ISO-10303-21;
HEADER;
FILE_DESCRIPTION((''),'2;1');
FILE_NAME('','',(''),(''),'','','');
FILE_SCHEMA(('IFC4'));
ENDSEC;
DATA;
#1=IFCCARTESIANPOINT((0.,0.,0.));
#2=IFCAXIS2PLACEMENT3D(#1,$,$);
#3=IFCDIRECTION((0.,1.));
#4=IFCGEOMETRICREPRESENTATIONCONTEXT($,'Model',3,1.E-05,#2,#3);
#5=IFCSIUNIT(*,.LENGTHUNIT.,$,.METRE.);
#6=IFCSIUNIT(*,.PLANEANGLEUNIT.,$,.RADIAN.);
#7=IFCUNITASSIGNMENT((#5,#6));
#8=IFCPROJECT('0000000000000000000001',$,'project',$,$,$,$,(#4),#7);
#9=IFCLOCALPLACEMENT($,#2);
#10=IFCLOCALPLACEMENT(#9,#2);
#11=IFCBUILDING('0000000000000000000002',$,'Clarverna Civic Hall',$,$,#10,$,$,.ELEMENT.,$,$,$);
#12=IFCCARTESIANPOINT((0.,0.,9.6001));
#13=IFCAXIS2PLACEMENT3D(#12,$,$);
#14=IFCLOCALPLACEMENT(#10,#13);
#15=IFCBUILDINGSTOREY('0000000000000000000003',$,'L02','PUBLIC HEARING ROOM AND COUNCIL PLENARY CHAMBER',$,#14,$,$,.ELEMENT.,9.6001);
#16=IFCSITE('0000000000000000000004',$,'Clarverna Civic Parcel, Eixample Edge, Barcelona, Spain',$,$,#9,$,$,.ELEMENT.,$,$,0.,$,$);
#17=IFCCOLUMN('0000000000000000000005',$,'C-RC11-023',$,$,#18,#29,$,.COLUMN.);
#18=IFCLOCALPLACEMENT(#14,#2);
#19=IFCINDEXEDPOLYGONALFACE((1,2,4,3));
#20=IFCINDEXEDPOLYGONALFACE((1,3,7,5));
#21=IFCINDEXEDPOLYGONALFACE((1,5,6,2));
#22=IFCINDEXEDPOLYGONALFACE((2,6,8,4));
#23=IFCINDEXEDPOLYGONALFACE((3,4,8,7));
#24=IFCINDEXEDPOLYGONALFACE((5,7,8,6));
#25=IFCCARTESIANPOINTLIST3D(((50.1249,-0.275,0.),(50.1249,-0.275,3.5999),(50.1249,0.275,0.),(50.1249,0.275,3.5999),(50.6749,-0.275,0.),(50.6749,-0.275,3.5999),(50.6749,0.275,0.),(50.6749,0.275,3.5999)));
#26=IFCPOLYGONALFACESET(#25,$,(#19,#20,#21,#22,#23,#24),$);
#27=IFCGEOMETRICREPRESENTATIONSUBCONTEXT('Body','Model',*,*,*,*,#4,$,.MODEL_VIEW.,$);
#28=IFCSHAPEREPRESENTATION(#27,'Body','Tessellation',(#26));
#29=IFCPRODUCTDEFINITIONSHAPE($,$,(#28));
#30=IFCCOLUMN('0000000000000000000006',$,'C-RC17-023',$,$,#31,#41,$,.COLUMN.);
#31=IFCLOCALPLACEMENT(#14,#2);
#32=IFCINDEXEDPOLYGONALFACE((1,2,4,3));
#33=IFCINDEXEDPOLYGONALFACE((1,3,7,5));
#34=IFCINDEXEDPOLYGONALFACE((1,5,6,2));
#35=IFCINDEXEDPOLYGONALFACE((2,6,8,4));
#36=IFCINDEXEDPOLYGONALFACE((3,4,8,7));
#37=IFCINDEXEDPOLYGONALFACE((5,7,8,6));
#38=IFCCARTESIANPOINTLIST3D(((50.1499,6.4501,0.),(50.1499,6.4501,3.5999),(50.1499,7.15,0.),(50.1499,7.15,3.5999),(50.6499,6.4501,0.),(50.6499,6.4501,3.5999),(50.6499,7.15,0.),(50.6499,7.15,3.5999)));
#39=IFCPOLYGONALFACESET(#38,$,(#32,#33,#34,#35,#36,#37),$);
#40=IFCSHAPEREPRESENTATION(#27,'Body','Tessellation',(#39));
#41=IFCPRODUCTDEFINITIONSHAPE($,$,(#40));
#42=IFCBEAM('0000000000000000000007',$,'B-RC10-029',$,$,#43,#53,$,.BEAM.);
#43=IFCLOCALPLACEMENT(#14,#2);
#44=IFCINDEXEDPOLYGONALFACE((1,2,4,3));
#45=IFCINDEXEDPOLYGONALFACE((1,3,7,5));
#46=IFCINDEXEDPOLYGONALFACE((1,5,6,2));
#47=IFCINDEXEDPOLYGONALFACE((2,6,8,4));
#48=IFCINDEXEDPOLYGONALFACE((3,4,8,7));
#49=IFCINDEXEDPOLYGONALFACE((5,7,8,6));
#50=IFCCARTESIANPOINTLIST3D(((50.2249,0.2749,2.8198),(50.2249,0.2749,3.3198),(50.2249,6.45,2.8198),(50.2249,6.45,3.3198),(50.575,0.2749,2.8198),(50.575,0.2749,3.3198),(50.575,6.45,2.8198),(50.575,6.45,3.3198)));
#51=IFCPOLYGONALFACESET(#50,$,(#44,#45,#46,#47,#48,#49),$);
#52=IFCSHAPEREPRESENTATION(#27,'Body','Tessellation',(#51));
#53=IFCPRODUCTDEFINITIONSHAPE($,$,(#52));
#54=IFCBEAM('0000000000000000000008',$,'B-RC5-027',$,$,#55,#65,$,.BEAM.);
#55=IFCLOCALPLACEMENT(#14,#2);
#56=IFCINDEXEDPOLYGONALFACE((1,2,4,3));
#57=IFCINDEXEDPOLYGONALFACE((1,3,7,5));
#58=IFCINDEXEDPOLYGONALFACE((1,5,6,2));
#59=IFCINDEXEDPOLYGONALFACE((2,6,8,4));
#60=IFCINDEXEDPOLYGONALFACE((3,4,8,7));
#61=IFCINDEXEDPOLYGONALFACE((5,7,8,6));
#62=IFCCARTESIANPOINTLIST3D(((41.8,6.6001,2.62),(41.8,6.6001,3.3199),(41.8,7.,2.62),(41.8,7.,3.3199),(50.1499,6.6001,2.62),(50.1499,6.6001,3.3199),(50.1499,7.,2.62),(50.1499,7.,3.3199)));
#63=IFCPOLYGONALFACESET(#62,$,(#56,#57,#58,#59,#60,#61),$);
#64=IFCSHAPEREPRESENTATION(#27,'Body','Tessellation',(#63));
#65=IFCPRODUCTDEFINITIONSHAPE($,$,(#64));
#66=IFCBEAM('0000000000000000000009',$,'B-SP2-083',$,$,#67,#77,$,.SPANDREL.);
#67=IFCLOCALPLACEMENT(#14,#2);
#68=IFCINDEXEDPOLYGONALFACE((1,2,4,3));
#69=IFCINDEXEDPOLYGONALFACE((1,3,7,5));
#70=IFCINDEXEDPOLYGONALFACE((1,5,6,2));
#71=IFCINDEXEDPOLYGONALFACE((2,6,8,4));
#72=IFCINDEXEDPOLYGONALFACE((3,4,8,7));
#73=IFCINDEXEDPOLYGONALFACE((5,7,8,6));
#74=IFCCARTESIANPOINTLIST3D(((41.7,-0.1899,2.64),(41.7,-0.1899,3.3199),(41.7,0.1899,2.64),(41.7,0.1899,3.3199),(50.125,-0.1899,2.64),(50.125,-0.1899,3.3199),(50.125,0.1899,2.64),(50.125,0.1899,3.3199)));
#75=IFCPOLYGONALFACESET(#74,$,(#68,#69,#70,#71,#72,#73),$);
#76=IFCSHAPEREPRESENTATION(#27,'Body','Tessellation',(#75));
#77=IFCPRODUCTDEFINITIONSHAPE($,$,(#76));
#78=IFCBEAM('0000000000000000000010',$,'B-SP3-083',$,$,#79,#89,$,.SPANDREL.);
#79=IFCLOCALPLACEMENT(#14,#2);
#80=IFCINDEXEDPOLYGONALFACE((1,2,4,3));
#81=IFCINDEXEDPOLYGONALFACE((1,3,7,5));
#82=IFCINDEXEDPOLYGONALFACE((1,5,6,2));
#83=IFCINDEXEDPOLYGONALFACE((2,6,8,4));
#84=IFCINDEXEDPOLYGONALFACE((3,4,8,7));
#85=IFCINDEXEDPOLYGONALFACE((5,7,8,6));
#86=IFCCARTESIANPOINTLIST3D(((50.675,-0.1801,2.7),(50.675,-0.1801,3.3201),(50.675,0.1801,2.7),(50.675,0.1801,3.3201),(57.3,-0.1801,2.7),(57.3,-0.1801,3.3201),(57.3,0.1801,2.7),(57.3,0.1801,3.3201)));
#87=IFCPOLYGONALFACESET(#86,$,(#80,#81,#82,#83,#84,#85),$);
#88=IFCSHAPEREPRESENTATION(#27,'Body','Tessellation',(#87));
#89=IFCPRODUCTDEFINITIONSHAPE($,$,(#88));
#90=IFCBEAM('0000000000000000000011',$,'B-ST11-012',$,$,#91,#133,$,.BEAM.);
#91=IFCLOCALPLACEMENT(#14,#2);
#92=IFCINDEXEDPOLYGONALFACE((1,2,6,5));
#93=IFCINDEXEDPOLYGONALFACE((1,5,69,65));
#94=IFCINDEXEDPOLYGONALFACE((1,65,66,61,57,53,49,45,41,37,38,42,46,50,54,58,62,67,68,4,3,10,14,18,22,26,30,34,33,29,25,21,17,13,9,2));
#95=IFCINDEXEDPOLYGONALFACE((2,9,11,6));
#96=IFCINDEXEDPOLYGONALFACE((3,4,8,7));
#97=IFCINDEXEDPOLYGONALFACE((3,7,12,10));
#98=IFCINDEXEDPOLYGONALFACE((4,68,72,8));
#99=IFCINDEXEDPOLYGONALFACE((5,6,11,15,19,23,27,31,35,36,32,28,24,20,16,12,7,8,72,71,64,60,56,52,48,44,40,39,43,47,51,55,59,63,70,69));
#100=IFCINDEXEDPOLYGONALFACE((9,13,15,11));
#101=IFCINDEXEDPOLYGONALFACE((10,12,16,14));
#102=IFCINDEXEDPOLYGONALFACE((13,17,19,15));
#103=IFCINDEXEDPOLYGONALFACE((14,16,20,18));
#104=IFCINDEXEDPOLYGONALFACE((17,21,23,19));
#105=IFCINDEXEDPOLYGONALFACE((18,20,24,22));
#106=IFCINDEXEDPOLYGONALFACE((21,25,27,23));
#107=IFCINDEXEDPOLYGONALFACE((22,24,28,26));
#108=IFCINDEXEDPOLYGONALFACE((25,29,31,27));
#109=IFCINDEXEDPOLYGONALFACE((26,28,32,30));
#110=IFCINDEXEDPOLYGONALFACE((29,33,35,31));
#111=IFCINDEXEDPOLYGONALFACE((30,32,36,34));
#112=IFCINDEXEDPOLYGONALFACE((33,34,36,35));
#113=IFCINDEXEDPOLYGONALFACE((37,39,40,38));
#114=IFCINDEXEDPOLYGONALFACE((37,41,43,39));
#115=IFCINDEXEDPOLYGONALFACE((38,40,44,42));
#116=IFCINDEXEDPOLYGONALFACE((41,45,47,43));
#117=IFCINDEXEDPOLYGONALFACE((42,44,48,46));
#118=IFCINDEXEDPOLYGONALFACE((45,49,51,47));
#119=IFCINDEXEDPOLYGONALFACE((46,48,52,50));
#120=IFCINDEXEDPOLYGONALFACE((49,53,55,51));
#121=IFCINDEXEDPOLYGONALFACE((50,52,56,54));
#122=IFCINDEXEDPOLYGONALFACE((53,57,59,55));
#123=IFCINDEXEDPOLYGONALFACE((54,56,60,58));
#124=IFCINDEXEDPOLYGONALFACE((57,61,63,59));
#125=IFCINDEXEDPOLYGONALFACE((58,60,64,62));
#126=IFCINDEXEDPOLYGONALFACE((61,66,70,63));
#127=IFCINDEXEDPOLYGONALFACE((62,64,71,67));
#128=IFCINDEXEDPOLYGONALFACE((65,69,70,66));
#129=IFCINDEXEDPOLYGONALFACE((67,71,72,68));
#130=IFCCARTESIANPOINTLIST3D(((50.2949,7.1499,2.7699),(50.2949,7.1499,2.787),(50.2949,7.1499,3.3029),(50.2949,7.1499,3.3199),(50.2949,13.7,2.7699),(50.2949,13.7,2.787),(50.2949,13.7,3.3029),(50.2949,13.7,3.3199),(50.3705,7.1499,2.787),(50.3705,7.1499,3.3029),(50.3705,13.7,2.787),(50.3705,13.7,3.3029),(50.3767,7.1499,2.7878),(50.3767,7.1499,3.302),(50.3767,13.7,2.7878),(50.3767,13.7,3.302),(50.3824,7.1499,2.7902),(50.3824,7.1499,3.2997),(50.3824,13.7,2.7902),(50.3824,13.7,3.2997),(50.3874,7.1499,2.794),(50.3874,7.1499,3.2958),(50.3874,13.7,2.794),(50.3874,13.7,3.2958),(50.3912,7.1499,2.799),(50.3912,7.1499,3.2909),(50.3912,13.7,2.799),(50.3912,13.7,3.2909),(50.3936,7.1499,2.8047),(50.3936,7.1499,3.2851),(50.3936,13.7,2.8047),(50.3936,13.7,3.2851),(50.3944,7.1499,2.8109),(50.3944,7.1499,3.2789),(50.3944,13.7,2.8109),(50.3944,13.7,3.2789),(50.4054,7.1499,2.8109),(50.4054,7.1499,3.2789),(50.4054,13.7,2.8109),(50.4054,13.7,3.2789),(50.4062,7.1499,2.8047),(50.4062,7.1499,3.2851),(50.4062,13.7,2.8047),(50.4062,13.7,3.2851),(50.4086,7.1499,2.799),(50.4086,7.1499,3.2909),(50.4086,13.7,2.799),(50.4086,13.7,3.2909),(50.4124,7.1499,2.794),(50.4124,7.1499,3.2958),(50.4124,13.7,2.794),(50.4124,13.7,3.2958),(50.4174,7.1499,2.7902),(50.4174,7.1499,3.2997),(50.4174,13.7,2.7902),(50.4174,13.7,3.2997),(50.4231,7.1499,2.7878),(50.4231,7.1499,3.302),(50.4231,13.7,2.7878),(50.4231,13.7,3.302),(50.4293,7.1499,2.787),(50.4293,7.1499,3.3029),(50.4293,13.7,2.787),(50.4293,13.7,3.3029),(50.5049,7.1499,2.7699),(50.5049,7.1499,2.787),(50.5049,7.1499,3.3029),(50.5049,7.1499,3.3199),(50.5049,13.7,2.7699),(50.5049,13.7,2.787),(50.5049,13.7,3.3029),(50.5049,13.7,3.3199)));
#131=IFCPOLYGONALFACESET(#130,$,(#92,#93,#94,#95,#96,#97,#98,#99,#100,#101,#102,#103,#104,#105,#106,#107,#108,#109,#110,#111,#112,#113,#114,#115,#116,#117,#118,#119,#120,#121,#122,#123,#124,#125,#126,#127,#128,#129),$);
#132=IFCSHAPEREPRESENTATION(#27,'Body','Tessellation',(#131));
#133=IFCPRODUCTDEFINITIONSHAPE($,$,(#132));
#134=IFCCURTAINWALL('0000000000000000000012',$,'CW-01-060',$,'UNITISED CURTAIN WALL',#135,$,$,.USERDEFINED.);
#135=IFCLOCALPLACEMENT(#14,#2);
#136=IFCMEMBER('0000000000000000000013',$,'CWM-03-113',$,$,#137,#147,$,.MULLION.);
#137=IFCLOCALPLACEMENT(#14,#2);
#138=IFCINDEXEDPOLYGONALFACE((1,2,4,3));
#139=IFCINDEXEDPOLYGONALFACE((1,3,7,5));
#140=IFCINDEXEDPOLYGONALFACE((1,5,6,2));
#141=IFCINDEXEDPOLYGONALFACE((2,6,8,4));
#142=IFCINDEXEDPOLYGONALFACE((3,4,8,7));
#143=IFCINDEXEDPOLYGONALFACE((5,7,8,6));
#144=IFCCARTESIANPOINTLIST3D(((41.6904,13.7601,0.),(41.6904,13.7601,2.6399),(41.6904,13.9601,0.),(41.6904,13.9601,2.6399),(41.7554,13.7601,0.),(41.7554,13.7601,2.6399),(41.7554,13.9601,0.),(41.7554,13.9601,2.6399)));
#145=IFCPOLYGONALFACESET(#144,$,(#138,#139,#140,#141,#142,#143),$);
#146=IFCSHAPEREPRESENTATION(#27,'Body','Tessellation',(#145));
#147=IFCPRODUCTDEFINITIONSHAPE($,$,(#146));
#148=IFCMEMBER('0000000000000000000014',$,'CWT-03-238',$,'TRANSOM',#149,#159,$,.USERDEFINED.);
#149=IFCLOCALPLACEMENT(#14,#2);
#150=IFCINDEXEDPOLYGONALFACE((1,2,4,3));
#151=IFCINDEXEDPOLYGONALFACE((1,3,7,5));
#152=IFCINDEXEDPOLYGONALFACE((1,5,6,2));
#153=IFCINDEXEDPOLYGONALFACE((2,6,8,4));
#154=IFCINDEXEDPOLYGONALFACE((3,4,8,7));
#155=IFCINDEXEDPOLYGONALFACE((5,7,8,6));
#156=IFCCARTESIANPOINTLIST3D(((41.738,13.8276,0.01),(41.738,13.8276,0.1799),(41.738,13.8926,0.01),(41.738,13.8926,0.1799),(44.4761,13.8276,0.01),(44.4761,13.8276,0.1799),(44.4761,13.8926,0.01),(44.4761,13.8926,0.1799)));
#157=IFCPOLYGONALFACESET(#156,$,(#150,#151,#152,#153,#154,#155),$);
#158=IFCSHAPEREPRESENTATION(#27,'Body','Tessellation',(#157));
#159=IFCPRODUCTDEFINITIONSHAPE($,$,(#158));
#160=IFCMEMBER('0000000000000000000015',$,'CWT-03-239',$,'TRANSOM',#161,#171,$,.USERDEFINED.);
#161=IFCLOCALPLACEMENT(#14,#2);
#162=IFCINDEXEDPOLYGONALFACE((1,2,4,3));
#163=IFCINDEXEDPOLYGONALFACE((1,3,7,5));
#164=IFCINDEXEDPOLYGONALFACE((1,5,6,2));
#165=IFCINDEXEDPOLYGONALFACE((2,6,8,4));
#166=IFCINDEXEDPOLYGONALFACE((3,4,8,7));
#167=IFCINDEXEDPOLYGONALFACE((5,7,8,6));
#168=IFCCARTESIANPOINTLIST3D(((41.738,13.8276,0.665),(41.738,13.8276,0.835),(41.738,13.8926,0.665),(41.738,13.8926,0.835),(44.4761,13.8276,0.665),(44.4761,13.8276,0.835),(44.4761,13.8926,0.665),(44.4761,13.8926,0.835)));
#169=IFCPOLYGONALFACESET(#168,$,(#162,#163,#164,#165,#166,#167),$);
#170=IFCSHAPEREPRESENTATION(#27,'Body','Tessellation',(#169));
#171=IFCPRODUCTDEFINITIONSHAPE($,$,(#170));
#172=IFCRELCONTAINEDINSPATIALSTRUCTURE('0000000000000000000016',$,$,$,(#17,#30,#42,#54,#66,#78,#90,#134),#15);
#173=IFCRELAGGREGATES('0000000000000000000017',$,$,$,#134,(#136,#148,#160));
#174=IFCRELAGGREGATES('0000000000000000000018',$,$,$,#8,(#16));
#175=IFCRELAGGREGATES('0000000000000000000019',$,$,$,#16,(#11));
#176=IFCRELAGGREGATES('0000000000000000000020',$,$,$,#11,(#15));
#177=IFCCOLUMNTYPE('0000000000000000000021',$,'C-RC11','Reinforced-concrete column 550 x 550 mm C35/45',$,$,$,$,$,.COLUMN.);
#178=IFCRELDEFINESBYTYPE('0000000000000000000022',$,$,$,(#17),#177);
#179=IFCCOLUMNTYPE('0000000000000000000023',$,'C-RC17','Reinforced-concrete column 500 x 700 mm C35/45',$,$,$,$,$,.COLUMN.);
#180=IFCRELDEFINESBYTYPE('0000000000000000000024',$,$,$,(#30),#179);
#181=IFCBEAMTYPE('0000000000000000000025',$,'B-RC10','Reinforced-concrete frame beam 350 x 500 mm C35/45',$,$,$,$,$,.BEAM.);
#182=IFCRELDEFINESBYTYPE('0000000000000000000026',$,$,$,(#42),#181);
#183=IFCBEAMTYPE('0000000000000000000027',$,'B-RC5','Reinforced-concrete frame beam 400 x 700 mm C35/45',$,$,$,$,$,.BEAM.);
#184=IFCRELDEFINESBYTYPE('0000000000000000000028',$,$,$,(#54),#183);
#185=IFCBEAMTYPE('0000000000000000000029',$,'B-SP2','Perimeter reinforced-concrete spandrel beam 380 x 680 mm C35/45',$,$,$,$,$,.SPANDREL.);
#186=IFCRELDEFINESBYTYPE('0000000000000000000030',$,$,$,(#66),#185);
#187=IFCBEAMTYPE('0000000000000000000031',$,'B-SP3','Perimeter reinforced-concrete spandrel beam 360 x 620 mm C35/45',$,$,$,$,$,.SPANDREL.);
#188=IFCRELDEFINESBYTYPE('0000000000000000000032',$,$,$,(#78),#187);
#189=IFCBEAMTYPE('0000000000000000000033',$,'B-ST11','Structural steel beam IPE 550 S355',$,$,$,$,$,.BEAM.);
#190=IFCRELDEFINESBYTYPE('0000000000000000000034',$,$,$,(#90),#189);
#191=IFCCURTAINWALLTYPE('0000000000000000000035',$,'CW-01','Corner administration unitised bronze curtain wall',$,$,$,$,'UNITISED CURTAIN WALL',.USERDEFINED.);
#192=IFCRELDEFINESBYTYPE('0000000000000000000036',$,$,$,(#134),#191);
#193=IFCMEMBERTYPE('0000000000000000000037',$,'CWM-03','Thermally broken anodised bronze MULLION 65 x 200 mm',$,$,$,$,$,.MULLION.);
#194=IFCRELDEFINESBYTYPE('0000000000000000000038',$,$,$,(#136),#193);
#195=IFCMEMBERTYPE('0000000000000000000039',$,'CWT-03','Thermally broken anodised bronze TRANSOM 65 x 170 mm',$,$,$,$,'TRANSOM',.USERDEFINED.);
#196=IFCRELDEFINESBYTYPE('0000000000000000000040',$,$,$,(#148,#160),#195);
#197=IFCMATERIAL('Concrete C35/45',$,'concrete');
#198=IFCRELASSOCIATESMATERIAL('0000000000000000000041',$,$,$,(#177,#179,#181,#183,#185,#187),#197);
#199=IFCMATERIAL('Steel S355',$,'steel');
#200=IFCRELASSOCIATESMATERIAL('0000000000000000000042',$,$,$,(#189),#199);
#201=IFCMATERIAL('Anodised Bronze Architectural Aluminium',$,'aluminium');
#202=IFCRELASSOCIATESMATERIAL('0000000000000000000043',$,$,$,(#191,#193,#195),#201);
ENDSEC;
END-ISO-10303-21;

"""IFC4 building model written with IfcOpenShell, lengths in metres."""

from ifc_helpers import new_model, si_unit, direction, frame, origin, origin_2d, place, context, subcontext, project, spatial, rectangle, i_section, extrude, material, material_profile, profile_set, type_object, element, aggregate, save


model = new_model("IFC4")

# Units and contexts
model_context = context("Model", 3, precision=1e-05, world=origin(), true_north=direction((0.0, 1.0)))
body_context = subcontext(model_context, "Body", "Model", "MODEL_VIEW")
ifc_project = project(units=[si_unit("LENGTHUNIT", "METRE"), si_unit("PLANEANGLEUNIT", "RADIAN")], contexts=[model_context])

# Site, building, storey
site_placement = place(None, origin())
site = spatial("IfcSite", under=ifc_project, at=site_placement, Name="Clarverna Civic Parcel, Eixample Edge, Barcelona, Spain", CompositionType="ELEMENT", RefElevation=0.0)
building_placement = place(site_placement, origin())
building = spatial("IfcBuilding", under=site, at=building_placement, Name="Clarverna Civic Hall", CompositionType="ELEMENT")
storey_placement = place(building_placement, frame((0.0, 0.0, 9.6001)))
storey = spatial("IfcBuildingStorey", under=building, at=storey_placement, Name="L02", Description="PUBLIC HEARING ROOM AND COUNCIL PLENARY CHAMBER", CompositionType="ELEMENT", Elevation=9.6001)

# Columns
ifc_material_1 = material(Name="Concrete C35/45", Category="concrete")
ifc_material_profile_1 = material_profile(ifc_material_1, rectangle(XDim=0.55, YDim=0.55, at=origin_2d()), Name="RC 550x550")
ifc_profile_set_1 = profile_set([ifc_material_profile_1], Name="Concrete C35/45")
column_type_1 = type_object("IfcColumnType", Name="C-RC11", Description="Reinforced-concrete column 550 x 550 mm C35/45", PredefinedType="COLUMN", material=ifc_profile_set_1)
column_1_placement = place(storey_placement, frame((50.3999, 0.0, 0.0), z_axis=(0.0, 0.0, 1.0), x_axis=(1.0, 0.0, 0.0)))
element("IfcColumn", 1, at=column_1_placement, inside=storey, type_object=column_type_1, Name="C-RC11-023", PredefinedType="COLUMN", context=body_context, shape_type="SweptSolid", body=[
    extrude(rectangle(XDim=0.55, YDim=0.55, at=origin_2d()), origin(), (0.0, 0.0, 1.0), 3.5999),
])
ifc_material_profile_2 = material_profile(ifc_material_1, rectangle(XDim=0.5, YDim=0.7, at=origin_2d()), Name="RC 500x700")
ifc_profile_set_2 = profile_set([ifc_material_profile_2], Name="Concrete C35/45")
column_type_2 = type_object("IfcColumnType", Name="C-RC17", Description="Reinforced-concrete column 500 x 700 mm C35/45", PredefinedType="COLUMN", material=ifc_profile_set_2)
column_2_placement = place(storey_placement, frame((50.3999, 6.8, 0.0), z_axis=(0.0, 0.0, 1.0), x_axis=(1.0, 0.0, 0.0)))
element("IfcColumn", 2, at=column_2_placement, inside=storey, type_object=column_type_2, Name="C-RC17-023", PredefinedType="COLUMN", context=body_context, shape_type="SweptSolid", body=[
    extrude(rectangle(XDim=0.5, YDim=0.7, at=origin_2d()), origin(), (0.0, 0.0, 1.0), 3.5999),
])

# Beams
ifc_material_profile_3 = material_profile(ifc_material_1, rectangle(XDim=0.3501, YDim=0.5, at=origin_2d()), Name="RC 350x500")
ifc_profile_set_3 = profile_set([ifc_material_profile_3], Name="Concrete C35/45")
beam_type_1 = type_object("IfcBeamType", Name="B-RC10", Description="Reinforced-concrete frame beam 350 x 500 mm C35/45", PredefinedType="BEAM", material=ifc_profile_set_3)
beam_1_placement = place(storey_placement, frame((50.3999, 0.2749, 3.0698), z_axis=(0.0, 1.0, 0.0), x_axis=(-1.0, 0.0, 0.0)))
element("IfcBeam", 3, at=beam_1_placement, inside=storey, type_object=beam_type_1, Name="B-RC10-029", PredefinedType="BEAM", context=body_context, shape_type="SweptSolid", body=[
    extrude(rectangle(XDim=0.3501, YDim=0.5, at=origin_2d()), origin(), (0.0, 0.0, 1.0), 6.175),
])
ifc_material_profile_4 = material_profile(ifc_material_1, rectangle(XDim=0.3999, YDim=0.7, at=origin_2d()), Name="RC 400x700")
ifc_profile_set_4 = profile_set([ifc_material_profile_4], Name="Concrete C35/45")
beam_type_2 = type_object("IfcBeamType", Name="B-RC5", Description="Reinforced-concrete frame beam 400 x 700 mm C35/45", PredefinedType="BEAM", material=ifc_profile_set_4)
beam_2_placement = place(storey_placement, frame((41.8, 6.8, 2.97), z_axis=(1.0, 0.0, 0.0), x_axis=(0.0, 1.0, 0.0)))
element("IfcBeam", 4, at=beam_2_placement, inside=storey, type_object=beam_type_2, Name="B-RC5-027", PredefinedType="BEAM", context=body_context, shape_type="SweptSolid", body=[
    extrude(rectangle(XDim=0.3999, YDim=0.7, at=origin_2d()), origin(), (0.0, 0.0, 1.0), 8.3499),
])
ifc_material_profile_5 = material_profile(ifc_material_1, rectangle(XDim=0.3799, YDim=0.6799, at=origin_2d()), Name="RC 380x680")
ifc_profile_set_5 = profile_set([ifc_material_profile_5], Name="Concrete C35/45")
beam_type_3 = type_object("IfcBeamType", Name="B-SP2", Description="Perimeter reinforced-concrete spandrel beam 380 x 680 mm C35/45", PredefinedType="SPANDREL", material=ifc_profile_set_5)
beam_3_placement = place(storey_placement, frame((41.7, 0.0, 2.98), z_axis=(1.0, 0.0, 0.0), x_axis=(0.0, 1.0, 0.0)))
element("IfcBeam", 5, at=beam_3_placement, inside=storey, type_object=beam_type_3, Name="B-SP2-083", PredefinedType="SPANDREL", context=body_context, shape_type="SweptSolid", body=[
    extrude(rectangle(XDim=0.3799, YDim=0.6799, at=origin_2d()), origin(), (0.0, 0.0, 1.0), 8.425),
])
ifc_material_profile_6 = material_profile(ifc_material_1, rectangle(XDim=0.3601, YDim=0.6201, at=origin_2d()), Name="RC 360x620")
ifc_profile_set_6 = profile_set([ifc_material_profile_6], Name="Concrete C35/45")
beam_type_4 = type_object("IfcBeamType", Name="B-SP3", Description="Perimeter reinforced-concrete spandrel beam 360 x 620 mm C35/45", PredefinedType="SPANDREL", material=ifc_profile_set_6)
beam_4_placement = place(storey_placement, frame((50.675, 0.0, 3.01), z_axis=(1.0, 0.0, 0.0), x_axis=(0.0, 1.0, 0.0)))
element("IfcBeam", 6, at=beam_4_placement, inside=storey, type_object=beam_type_4, Name="B-SP3-083", PredefinedType="SPANDREL", context=body_context, shape_type="SweptSolid", body=[
    extrude(rectangle(XDim=0.3601, YDim=0.6201, at=origin_2d()), origin(), (0.0, 0.0, 1.0), 6.625),
])
ifc_material_2 = material(Name="Steel S355", Category="steel")
ifc_material_profile_7 = material_profile(ifc_material_2, i_section(OverallWidth=0.21, OverallDepth=0.55, WebThickness=0.011, FlangeThickness=0.0171, FilletRadius=0.0239, at=origin_2d()), Name="IPE 550")
ifc_profile_set_7 = profile_set([ifc_material_profile_7], Name="Steel S355")
beam_type_5 = type_object("IfcBeamType", Name="B-ST11", Description="Structural steel beam IPE 550 S355", PredefinedType="BEAM", material=ifc_profile_set_7)
beam_5_placement = place(storey_placement, frame((50.3999, 7.1499, 3.0449), z_axis=(0.0, 1.0, 0.0), x_axis=(-1.0, 0.0, 0.0)))
element("IfcBeam", 7, at=beam_5_placement, inside=storey, type_object=beam_type_5, Name="B-ST11-012", PredefinedType="BEAM", context=body_context, shape_type="SweptSolid", body=[
    extrude(i_section(OverallWidth=0.21, OverallDepth=0.55, WebThickness=0.011, FlangeThickness=0.0171, FilletRadius=0.0239, at=origin_2d()), origin(), (0.0, 0.0, 1.0), 6.55),
])

# Curtain wall, members
ifc_material_3 = material(Name="Anodised Bronze Architectural Aluminium", Category="aluminium")
curtain_wall_type = type_object("IfcCurtainWallType", Name="CW-01", Description="Corner administration unitised bronze curtain wall", ElementType="UNITISED CURTAIN WALL", PredefinedType="USERDEFINED", material=ifc_material_3)
curtain_wall_placement = place(storey_placement, origin())
curtain_wall = element("IfcCurtainWall", 8, at=curtain_wall_placement, inside=storey, type_object=curtain_wall_type, Name="CW-01-060", ObjectType="UNITISED CURTAIN WALL", PredefinedType="USERDEFINED")
ifc_material_profile_8 = material_profile(ifc_material_3, rectangle(XDim=0.0649, YDim=0.2, at=origin_2d()), Name="BRONZE 65x200")
ifc_profile_set_8 = profile_set([ifc_material_profile_8], Name="Anodised Bronze Architectural Aluminium")
member_type_1 = type_object("IfcMemberType", Name="CWM-03", Description="Thermally broken anodised bronze MULLION 65 x 200 mm", PredefinedType="MULLION", material=ifc_profile_set_8)
member_1_placement = place(storey_placement, frame((41.7229, 13.8601, 0.0), z_axis=(0.0, 0.0, 1.0), x_axis=(1.0, 0.0, 0.0)))
member_1 = element("IfcMember", 9, at=member_1_placement, type_object=member_type_1, Name="CWM-03-113", PredefinedType="MULLION", context=body_context, shape_type="SweptSolid", body=[
    extrude(rectangle(XDim=0.0649, YDim=0.2, at=origin_2d()), origin(), (0.0, 0.0, 1.0), 2.6399),
])
ifc_material_profile_9 = material_profile(ifc_material_3, rectangle(XDim=0.0649, YDim=0.1699, at=origin_2d()), Name="BRONZE 65x170")
ifc_profile_set_9 = profile_set([ifc_material_profile_9], Name="Anodised Bronze Architectural Aluminium")
member_type_2 = type_object("IfcMemberType", Name="CWT-03", Description="Thermally broken anodised bronze TRANSOM 65 x 170 mm", ElementType="TRANSOM", PredefinedType="USERDEFINED", material=ifc_profile_set_9)
member_2_placement = place(storey_placement, frame((41.738, 13.8601, 0.095), z_axis=(1.0, 0.0, 0.0), x_axis=(0.0, 1.0, 0.0)))
member_2 = element("IfcMember", 10, at=member_2_placement, type_object=member_type_2, Name="CWT-03-238", ObjectType="TRANSOM", PredefinedType="USERDEFINED", context=body_context, shape_type="SweptSolid", body=[
    extrude(rectangle(XDim=0.0649, YDim=0.1699, at=origin_2d()), origin(), (0.0, 0.0, 1.0), 2.738),
])
member_3_placement = place(storey_placement, frame((41.738, 13.8601, 0.75), z_axis=(1.0, 0.0, 0.0), x_axis=(0.0, 1.0, 0.0)))
member_3 = element("IfcMember", 11, at=member_3_placement, type_object=member_type_2, Name="CWT-03-239", ObjectType="TRANSOM", PredefinedType="USERDEFINED", context=body_context, shape_type="SweptSolid", body=[
    extrude(rectangle(XDim=0.0649, YDim=0.1699, at=origin_2d()), origin(), (0.0, 0.0, 1.0), 2.738),
])

aggregate(curtain_wall, [member_1, member_2, member_3])

save(model, "model.ifc")
